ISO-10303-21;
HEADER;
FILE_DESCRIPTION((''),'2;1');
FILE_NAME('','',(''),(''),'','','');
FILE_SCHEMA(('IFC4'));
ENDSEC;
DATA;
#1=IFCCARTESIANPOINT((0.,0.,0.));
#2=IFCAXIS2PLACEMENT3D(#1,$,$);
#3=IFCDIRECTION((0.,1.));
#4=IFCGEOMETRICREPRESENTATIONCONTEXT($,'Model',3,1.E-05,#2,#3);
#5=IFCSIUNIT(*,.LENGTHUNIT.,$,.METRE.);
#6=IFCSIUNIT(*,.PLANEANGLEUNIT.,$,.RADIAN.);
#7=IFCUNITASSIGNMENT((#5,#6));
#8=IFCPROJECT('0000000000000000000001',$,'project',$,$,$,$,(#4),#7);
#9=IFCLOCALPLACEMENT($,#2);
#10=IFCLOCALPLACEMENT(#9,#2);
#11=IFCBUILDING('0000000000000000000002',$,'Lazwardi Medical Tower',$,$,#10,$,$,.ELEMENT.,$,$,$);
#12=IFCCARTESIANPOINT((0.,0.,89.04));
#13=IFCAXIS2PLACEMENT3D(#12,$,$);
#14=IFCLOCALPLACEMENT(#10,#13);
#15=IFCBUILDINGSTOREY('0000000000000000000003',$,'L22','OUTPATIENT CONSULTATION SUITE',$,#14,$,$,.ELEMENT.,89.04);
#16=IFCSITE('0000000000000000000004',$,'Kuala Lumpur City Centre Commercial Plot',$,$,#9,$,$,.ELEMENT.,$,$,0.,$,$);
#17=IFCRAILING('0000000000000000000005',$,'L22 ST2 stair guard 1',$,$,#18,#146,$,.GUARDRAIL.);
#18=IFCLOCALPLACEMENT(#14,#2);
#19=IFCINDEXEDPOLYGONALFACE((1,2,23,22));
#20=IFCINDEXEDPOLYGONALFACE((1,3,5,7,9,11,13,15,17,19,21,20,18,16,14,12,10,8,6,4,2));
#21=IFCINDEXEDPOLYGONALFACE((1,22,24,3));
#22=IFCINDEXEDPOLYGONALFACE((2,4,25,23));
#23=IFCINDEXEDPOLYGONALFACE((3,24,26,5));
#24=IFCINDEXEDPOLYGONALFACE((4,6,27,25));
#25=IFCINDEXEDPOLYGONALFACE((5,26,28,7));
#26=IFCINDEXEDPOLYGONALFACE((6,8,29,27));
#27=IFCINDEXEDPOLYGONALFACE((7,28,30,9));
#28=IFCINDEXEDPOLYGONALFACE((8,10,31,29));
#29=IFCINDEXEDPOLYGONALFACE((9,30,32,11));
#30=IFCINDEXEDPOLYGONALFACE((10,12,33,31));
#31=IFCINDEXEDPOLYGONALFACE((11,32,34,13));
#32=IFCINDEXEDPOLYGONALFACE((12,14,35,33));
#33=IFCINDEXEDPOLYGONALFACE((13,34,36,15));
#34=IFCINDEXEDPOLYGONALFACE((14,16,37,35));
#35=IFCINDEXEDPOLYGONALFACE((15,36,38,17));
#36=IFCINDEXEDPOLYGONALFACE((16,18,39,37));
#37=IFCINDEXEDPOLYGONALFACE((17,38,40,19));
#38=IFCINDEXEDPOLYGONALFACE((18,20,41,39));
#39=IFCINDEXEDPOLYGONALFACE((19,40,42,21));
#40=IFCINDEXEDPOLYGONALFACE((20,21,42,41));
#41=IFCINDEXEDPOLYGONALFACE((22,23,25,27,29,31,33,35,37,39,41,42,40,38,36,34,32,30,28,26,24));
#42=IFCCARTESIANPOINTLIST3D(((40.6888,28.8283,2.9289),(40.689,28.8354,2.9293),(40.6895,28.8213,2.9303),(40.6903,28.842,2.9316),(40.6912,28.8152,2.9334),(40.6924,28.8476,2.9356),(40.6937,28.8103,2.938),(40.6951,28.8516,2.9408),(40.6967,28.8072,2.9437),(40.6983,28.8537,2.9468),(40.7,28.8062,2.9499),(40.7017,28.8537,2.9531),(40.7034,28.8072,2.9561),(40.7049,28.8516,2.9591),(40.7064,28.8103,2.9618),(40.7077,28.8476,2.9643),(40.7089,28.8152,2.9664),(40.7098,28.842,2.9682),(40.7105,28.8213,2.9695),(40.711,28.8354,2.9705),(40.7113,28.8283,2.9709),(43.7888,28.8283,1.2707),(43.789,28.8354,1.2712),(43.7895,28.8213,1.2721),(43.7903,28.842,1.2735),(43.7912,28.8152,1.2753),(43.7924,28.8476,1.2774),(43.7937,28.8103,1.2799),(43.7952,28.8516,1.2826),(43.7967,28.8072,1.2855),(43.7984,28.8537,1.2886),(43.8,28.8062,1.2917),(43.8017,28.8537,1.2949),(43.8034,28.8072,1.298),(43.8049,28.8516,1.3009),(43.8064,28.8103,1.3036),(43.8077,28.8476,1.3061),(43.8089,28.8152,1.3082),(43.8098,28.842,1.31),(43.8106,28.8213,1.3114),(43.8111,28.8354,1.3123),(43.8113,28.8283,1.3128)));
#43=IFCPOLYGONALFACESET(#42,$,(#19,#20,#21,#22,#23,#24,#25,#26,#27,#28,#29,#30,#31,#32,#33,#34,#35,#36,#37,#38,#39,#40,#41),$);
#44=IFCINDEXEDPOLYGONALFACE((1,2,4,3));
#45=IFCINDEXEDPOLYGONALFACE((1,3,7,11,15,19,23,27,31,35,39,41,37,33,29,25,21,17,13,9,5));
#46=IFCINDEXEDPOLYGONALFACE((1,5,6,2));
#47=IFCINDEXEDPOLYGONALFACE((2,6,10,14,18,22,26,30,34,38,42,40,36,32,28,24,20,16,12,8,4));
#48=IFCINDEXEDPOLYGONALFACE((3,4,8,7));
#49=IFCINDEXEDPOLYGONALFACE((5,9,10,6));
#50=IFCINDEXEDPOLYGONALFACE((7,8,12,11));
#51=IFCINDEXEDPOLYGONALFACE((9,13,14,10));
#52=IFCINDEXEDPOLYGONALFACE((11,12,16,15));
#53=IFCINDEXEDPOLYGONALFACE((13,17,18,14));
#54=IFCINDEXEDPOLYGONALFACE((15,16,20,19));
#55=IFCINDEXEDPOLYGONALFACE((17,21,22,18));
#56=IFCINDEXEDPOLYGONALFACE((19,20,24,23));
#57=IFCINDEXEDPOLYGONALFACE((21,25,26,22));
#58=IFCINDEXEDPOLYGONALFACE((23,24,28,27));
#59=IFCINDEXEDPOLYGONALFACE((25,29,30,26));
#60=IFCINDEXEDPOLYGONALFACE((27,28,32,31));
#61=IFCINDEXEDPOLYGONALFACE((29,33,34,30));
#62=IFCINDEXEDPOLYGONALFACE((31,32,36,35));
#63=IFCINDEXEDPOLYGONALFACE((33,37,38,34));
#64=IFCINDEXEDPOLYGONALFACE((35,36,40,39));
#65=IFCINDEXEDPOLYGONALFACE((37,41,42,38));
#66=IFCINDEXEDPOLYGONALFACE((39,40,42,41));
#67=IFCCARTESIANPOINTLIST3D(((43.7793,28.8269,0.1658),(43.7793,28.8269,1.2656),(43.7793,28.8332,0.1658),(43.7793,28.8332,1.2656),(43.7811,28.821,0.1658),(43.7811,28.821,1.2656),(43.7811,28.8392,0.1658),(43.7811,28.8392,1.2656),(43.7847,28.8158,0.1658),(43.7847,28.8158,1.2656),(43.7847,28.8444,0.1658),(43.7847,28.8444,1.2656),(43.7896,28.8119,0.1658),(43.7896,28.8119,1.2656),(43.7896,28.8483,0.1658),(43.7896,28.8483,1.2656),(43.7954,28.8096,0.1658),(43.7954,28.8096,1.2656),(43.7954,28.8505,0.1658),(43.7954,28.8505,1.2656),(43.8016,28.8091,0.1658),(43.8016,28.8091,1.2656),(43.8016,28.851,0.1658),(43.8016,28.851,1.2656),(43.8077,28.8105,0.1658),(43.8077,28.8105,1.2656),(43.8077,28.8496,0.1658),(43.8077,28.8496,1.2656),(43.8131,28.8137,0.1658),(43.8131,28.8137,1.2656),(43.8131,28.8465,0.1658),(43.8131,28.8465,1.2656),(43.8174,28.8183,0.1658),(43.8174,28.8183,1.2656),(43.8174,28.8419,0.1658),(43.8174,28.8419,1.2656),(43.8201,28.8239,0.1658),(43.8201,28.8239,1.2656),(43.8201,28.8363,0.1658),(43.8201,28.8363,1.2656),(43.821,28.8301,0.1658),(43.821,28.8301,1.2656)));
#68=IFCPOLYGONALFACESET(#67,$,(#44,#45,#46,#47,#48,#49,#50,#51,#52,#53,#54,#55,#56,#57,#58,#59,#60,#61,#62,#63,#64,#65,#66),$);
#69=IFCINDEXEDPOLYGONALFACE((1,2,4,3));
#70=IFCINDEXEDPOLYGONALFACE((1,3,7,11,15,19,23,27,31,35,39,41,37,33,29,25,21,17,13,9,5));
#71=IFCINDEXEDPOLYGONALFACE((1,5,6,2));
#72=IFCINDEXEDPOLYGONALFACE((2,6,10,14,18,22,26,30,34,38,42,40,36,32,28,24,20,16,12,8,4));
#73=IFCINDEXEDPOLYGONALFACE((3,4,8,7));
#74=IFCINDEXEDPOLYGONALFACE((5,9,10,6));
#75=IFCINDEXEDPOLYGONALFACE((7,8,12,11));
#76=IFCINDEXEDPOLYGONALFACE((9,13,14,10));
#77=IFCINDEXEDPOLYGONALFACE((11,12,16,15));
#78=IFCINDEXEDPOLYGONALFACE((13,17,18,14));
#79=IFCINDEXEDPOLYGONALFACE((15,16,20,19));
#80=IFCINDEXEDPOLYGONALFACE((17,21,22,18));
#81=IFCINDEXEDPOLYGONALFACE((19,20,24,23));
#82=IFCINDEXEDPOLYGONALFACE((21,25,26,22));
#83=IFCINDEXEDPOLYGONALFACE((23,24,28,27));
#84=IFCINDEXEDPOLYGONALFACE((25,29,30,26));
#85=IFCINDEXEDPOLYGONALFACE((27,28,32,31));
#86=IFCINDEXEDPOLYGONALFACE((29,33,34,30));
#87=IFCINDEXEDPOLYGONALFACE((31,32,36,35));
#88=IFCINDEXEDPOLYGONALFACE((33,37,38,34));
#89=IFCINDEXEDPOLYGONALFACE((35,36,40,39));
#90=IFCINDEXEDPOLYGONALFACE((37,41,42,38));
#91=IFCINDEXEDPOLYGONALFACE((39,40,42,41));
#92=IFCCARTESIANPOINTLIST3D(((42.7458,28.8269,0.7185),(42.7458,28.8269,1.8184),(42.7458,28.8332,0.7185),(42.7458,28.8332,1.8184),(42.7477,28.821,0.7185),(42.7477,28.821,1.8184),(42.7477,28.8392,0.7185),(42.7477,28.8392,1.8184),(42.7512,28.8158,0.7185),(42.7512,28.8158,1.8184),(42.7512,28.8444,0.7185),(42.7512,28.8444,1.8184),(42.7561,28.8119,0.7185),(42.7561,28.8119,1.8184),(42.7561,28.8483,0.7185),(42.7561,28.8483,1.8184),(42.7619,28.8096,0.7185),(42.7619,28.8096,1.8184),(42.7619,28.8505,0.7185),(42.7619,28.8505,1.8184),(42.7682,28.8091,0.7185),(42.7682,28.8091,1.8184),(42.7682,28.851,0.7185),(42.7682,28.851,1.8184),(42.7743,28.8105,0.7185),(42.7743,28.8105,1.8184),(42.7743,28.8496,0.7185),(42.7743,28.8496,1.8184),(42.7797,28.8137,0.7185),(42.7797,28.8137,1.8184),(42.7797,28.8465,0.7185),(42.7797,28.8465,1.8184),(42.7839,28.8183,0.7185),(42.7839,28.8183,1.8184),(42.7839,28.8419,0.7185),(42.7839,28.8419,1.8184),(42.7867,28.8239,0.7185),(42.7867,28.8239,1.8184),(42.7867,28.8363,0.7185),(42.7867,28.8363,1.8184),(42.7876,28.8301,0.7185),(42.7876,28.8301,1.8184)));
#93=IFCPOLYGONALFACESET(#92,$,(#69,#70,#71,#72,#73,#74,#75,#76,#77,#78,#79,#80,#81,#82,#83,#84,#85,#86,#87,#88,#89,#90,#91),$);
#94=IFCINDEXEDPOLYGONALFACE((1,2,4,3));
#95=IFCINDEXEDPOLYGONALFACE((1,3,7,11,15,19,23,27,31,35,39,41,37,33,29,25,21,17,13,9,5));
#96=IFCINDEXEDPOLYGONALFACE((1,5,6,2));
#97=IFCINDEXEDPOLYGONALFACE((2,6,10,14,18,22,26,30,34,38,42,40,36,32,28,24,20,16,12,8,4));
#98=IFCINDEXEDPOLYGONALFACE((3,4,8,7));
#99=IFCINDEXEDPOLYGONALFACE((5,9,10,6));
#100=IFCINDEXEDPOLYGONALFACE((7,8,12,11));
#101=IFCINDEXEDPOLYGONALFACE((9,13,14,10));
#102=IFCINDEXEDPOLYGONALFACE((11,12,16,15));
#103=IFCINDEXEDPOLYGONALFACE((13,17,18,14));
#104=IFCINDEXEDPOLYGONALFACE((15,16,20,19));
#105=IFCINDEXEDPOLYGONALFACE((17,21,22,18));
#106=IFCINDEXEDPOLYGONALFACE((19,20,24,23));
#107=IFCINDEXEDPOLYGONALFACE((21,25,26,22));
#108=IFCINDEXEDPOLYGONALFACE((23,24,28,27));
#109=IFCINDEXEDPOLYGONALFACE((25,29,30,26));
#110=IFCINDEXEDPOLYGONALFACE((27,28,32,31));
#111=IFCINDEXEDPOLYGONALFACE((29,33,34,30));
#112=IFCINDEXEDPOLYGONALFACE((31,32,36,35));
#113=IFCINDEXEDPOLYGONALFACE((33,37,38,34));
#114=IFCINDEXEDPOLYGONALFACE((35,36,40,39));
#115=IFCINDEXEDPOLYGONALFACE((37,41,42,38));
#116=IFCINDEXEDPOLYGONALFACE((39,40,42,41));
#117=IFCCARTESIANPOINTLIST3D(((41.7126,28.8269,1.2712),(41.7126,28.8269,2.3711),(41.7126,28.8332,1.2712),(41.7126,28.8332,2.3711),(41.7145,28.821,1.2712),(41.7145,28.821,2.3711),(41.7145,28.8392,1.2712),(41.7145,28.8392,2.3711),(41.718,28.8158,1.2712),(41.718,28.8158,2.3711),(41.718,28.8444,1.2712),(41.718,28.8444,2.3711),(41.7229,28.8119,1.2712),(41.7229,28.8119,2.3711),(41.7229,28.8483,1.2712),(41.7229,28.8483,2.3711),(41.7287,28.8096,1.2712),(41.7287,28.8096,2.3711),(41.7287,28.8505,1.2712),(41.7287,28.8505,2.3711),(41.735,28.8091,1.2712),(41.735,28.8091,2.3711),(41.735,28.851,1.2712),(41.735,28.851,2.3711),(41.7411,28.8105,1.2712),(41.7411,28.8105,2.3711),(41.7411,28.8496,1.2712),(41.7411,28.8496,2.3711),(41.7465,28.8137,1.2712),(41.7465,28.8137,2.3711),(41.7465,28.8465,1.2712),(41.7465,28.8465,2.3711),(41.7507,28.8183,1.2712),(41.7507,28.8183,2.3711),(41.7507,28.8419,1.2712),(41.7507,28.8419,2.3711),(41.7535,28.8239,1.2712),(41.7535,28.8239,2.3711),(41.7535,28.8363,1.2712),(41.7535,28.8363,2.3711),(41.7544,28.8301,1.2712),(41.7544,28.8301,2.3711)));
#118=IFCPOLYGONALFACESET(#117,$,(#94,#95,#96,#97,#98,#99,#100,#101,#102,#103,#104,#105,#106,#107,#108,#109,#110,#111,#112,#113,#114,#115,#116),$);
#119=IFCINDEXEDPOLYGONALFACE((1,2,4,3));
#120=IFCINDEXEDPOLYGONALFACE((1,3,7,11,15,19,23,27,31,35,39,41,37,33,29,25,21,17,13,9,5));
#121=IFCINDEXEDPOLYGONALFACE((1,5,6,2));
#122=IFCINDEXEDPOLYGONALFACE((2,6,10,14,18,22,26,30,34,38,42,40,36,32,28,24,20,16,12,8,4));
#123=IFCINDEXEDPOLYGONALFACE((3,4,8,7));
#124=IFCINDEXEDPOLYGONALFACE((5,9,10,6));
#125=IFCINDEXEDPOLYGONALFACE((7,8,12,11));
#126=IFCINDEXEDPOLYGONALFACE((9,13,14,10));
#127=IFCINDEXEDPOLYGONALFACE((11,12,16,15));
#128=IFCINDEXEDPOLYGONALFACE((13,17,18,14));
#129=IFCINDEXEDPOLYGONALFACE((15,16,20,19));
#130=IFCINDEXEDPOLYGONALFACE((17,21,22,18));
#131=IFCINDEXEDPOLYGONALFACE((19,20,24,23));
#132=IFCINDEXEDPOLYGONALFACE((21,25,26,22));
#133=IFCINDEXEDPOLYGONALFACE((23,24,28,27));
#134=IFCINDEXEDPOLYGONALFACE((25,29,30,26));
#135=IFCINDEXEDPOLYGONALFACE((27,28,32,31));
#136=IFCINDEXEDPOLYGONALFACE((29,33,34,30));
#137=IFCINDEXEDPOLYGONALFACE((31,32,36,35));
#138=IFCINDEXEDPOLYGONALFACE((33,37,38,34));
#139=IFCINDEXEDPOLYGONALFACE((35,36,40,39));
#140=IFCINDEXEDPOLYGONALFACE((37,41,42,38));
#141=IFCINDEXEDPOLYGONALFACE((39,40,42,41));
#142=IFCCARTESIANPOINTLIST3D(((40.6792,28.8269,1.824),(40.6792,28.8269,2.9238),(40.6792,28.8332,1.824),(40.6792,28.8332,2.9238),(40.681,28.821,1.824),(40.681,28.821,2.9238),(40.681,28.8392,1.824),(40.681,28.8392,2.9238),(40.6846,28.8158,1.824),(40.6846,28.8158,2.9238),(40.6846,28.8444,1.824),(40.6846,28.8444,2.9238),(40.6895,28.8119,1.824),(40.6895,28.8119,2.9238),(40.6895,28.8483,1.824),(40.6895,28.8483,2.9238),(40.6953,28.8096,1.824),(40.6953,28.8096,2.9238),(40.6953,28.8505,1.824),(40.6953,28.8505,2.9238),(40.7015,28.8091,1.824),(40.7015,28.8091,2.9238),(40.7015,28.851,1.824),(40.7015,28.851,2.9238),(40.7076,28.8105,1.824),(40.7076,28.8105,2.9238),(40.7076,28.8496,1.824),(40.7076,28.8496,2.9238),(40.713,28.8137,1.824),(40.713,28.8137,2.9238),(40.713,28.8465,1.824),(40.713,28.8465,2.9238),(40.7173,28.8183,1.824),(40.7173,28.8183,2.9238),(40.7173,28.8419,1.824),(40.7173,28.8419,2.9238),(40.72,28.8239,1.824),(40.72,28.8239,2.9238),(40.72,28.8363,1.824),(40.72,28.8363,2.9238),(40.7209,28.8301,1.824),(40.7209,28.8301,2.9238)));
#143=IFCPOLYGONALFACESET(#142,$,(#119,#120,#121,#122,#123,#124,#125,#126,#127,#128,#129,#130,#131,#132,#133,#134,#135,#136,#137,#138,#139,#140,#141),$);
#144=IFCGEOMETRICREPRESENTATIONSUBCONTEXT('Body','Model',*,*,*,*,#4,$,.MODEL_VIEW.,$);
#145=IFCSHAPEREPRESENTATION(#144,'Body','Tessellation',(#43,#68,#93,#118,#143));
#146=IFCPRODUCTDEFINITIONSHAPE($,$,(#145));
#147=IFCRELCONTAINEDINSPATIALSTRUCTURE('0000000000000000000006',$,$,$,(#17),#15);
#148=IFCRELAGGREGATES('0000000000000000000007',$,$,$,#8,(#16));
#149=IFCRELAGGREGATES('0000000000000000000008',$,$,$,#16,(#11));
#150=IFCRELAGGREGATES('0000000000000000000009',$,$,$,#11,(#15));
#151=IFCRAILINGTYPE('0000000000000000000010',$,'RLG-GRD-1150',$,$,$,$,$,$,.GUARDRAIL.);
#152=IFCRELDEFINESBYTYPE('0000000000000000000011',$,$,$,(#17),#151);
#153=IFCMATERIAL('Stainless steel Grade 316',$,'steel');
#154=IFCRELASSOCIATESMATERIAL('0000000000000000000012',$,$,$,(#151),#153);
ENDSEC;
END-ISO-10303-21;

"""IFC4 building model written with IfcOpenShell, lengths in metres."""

from ifc_helpers import new_model, si_unit, direction, frame, origin, origin_2d, place, context, subcontext, project, spatial, circle, extrude, material, type_object, element, save


model = new_model("IFC4")

# Units and contexts
model_context = context("Model", 3, precision=1e-05, world=origin(), true_north=direction((0.0, 1.0)))
body_context = subcontext(model_context, "Body", "Model", "MODEL_VIEW")
ifc_project = project(units=[si_unit("LENGTHUNIT", "METRE"), si_unit("PLANEANGLEUNIT", "RADIAN")], contexts=[model_context])

# Site, building, storey
site_placement = place(None, origin())
site = spatial("IfcSite", under=ifc_project, at=site_placement, Name="Kuala Lumpur City Centre Commercial Plot", CompositionType="ELEMENT", RefElevation=0.0)
building_placement = place(site_placement, origin())
building = spatial("IfcBuilding", under=site, at=building_placement, Name="Lazwardi Medical Tower", CompositionType="ELEMENT")
storey_placement = place(building_placement, frame((0.0, 0.0, 89.04)))
storey = spatial("IfcBuildingStorey", under=building, at=storey_placement, Name="L22", Description="OUTPATIENT CONSULTATION SUITE", CompositionType="ELEMENT", Elevation=89.04)

# Railing
ifc_material_1 = material(Name="Stainless steel Grade 316", Category="steel")
railing_type_1 = type_object("IfcRailingType", Name="RLG-GRD-1150", PredefinedType="GUARDRAIL", material=ifc_material_1)
railing_1_placement = place(storey_placement, frame((43.8, 28.8301, 0.1658)))
element("IfcRailing", 1, at=railing_1_placement, inside=storey, type_object=railing_type_1, Name="L22 ST2 stair guard 1", PredefinedType="GUARDRAIL", context=body_context, shape_type="SweptSolid", body=[
    extrude(circle(Radius=0.0239, at=origin_2d()), frame((0.0, 0.0, 1.126), z_axis=(-0.881783, 0.0, 0.471655), x_axis=(0.0, -1.0, 0.0)), (0.0, 0.0, 1.0), 3.5156),
    extrude(circle(Radius=0.021, at=origin_2d()), origin(), (0.0, 0.0, 1.0), 1.0999),
    extrude(circle(Radius=0.021, at=origin_2d()), frame((-1.0334, 0.0, 0.5527)), (0.0, 0.0, 1.0), 1.0999),
    extrude(circle(Radius=0.021, at=origin_2d()), frame((-2.0667, 0.0, 1.1055)), (0.0, 0.0, 1.0), 1.0999),
    extrude(circle(Radius=0.021, at=origin_2d()), frame((-3.1001, 0.0, 1.6582)), (0.0, 0.0, 1.0), 1.0999),
])

save(model, "model.ifc")
